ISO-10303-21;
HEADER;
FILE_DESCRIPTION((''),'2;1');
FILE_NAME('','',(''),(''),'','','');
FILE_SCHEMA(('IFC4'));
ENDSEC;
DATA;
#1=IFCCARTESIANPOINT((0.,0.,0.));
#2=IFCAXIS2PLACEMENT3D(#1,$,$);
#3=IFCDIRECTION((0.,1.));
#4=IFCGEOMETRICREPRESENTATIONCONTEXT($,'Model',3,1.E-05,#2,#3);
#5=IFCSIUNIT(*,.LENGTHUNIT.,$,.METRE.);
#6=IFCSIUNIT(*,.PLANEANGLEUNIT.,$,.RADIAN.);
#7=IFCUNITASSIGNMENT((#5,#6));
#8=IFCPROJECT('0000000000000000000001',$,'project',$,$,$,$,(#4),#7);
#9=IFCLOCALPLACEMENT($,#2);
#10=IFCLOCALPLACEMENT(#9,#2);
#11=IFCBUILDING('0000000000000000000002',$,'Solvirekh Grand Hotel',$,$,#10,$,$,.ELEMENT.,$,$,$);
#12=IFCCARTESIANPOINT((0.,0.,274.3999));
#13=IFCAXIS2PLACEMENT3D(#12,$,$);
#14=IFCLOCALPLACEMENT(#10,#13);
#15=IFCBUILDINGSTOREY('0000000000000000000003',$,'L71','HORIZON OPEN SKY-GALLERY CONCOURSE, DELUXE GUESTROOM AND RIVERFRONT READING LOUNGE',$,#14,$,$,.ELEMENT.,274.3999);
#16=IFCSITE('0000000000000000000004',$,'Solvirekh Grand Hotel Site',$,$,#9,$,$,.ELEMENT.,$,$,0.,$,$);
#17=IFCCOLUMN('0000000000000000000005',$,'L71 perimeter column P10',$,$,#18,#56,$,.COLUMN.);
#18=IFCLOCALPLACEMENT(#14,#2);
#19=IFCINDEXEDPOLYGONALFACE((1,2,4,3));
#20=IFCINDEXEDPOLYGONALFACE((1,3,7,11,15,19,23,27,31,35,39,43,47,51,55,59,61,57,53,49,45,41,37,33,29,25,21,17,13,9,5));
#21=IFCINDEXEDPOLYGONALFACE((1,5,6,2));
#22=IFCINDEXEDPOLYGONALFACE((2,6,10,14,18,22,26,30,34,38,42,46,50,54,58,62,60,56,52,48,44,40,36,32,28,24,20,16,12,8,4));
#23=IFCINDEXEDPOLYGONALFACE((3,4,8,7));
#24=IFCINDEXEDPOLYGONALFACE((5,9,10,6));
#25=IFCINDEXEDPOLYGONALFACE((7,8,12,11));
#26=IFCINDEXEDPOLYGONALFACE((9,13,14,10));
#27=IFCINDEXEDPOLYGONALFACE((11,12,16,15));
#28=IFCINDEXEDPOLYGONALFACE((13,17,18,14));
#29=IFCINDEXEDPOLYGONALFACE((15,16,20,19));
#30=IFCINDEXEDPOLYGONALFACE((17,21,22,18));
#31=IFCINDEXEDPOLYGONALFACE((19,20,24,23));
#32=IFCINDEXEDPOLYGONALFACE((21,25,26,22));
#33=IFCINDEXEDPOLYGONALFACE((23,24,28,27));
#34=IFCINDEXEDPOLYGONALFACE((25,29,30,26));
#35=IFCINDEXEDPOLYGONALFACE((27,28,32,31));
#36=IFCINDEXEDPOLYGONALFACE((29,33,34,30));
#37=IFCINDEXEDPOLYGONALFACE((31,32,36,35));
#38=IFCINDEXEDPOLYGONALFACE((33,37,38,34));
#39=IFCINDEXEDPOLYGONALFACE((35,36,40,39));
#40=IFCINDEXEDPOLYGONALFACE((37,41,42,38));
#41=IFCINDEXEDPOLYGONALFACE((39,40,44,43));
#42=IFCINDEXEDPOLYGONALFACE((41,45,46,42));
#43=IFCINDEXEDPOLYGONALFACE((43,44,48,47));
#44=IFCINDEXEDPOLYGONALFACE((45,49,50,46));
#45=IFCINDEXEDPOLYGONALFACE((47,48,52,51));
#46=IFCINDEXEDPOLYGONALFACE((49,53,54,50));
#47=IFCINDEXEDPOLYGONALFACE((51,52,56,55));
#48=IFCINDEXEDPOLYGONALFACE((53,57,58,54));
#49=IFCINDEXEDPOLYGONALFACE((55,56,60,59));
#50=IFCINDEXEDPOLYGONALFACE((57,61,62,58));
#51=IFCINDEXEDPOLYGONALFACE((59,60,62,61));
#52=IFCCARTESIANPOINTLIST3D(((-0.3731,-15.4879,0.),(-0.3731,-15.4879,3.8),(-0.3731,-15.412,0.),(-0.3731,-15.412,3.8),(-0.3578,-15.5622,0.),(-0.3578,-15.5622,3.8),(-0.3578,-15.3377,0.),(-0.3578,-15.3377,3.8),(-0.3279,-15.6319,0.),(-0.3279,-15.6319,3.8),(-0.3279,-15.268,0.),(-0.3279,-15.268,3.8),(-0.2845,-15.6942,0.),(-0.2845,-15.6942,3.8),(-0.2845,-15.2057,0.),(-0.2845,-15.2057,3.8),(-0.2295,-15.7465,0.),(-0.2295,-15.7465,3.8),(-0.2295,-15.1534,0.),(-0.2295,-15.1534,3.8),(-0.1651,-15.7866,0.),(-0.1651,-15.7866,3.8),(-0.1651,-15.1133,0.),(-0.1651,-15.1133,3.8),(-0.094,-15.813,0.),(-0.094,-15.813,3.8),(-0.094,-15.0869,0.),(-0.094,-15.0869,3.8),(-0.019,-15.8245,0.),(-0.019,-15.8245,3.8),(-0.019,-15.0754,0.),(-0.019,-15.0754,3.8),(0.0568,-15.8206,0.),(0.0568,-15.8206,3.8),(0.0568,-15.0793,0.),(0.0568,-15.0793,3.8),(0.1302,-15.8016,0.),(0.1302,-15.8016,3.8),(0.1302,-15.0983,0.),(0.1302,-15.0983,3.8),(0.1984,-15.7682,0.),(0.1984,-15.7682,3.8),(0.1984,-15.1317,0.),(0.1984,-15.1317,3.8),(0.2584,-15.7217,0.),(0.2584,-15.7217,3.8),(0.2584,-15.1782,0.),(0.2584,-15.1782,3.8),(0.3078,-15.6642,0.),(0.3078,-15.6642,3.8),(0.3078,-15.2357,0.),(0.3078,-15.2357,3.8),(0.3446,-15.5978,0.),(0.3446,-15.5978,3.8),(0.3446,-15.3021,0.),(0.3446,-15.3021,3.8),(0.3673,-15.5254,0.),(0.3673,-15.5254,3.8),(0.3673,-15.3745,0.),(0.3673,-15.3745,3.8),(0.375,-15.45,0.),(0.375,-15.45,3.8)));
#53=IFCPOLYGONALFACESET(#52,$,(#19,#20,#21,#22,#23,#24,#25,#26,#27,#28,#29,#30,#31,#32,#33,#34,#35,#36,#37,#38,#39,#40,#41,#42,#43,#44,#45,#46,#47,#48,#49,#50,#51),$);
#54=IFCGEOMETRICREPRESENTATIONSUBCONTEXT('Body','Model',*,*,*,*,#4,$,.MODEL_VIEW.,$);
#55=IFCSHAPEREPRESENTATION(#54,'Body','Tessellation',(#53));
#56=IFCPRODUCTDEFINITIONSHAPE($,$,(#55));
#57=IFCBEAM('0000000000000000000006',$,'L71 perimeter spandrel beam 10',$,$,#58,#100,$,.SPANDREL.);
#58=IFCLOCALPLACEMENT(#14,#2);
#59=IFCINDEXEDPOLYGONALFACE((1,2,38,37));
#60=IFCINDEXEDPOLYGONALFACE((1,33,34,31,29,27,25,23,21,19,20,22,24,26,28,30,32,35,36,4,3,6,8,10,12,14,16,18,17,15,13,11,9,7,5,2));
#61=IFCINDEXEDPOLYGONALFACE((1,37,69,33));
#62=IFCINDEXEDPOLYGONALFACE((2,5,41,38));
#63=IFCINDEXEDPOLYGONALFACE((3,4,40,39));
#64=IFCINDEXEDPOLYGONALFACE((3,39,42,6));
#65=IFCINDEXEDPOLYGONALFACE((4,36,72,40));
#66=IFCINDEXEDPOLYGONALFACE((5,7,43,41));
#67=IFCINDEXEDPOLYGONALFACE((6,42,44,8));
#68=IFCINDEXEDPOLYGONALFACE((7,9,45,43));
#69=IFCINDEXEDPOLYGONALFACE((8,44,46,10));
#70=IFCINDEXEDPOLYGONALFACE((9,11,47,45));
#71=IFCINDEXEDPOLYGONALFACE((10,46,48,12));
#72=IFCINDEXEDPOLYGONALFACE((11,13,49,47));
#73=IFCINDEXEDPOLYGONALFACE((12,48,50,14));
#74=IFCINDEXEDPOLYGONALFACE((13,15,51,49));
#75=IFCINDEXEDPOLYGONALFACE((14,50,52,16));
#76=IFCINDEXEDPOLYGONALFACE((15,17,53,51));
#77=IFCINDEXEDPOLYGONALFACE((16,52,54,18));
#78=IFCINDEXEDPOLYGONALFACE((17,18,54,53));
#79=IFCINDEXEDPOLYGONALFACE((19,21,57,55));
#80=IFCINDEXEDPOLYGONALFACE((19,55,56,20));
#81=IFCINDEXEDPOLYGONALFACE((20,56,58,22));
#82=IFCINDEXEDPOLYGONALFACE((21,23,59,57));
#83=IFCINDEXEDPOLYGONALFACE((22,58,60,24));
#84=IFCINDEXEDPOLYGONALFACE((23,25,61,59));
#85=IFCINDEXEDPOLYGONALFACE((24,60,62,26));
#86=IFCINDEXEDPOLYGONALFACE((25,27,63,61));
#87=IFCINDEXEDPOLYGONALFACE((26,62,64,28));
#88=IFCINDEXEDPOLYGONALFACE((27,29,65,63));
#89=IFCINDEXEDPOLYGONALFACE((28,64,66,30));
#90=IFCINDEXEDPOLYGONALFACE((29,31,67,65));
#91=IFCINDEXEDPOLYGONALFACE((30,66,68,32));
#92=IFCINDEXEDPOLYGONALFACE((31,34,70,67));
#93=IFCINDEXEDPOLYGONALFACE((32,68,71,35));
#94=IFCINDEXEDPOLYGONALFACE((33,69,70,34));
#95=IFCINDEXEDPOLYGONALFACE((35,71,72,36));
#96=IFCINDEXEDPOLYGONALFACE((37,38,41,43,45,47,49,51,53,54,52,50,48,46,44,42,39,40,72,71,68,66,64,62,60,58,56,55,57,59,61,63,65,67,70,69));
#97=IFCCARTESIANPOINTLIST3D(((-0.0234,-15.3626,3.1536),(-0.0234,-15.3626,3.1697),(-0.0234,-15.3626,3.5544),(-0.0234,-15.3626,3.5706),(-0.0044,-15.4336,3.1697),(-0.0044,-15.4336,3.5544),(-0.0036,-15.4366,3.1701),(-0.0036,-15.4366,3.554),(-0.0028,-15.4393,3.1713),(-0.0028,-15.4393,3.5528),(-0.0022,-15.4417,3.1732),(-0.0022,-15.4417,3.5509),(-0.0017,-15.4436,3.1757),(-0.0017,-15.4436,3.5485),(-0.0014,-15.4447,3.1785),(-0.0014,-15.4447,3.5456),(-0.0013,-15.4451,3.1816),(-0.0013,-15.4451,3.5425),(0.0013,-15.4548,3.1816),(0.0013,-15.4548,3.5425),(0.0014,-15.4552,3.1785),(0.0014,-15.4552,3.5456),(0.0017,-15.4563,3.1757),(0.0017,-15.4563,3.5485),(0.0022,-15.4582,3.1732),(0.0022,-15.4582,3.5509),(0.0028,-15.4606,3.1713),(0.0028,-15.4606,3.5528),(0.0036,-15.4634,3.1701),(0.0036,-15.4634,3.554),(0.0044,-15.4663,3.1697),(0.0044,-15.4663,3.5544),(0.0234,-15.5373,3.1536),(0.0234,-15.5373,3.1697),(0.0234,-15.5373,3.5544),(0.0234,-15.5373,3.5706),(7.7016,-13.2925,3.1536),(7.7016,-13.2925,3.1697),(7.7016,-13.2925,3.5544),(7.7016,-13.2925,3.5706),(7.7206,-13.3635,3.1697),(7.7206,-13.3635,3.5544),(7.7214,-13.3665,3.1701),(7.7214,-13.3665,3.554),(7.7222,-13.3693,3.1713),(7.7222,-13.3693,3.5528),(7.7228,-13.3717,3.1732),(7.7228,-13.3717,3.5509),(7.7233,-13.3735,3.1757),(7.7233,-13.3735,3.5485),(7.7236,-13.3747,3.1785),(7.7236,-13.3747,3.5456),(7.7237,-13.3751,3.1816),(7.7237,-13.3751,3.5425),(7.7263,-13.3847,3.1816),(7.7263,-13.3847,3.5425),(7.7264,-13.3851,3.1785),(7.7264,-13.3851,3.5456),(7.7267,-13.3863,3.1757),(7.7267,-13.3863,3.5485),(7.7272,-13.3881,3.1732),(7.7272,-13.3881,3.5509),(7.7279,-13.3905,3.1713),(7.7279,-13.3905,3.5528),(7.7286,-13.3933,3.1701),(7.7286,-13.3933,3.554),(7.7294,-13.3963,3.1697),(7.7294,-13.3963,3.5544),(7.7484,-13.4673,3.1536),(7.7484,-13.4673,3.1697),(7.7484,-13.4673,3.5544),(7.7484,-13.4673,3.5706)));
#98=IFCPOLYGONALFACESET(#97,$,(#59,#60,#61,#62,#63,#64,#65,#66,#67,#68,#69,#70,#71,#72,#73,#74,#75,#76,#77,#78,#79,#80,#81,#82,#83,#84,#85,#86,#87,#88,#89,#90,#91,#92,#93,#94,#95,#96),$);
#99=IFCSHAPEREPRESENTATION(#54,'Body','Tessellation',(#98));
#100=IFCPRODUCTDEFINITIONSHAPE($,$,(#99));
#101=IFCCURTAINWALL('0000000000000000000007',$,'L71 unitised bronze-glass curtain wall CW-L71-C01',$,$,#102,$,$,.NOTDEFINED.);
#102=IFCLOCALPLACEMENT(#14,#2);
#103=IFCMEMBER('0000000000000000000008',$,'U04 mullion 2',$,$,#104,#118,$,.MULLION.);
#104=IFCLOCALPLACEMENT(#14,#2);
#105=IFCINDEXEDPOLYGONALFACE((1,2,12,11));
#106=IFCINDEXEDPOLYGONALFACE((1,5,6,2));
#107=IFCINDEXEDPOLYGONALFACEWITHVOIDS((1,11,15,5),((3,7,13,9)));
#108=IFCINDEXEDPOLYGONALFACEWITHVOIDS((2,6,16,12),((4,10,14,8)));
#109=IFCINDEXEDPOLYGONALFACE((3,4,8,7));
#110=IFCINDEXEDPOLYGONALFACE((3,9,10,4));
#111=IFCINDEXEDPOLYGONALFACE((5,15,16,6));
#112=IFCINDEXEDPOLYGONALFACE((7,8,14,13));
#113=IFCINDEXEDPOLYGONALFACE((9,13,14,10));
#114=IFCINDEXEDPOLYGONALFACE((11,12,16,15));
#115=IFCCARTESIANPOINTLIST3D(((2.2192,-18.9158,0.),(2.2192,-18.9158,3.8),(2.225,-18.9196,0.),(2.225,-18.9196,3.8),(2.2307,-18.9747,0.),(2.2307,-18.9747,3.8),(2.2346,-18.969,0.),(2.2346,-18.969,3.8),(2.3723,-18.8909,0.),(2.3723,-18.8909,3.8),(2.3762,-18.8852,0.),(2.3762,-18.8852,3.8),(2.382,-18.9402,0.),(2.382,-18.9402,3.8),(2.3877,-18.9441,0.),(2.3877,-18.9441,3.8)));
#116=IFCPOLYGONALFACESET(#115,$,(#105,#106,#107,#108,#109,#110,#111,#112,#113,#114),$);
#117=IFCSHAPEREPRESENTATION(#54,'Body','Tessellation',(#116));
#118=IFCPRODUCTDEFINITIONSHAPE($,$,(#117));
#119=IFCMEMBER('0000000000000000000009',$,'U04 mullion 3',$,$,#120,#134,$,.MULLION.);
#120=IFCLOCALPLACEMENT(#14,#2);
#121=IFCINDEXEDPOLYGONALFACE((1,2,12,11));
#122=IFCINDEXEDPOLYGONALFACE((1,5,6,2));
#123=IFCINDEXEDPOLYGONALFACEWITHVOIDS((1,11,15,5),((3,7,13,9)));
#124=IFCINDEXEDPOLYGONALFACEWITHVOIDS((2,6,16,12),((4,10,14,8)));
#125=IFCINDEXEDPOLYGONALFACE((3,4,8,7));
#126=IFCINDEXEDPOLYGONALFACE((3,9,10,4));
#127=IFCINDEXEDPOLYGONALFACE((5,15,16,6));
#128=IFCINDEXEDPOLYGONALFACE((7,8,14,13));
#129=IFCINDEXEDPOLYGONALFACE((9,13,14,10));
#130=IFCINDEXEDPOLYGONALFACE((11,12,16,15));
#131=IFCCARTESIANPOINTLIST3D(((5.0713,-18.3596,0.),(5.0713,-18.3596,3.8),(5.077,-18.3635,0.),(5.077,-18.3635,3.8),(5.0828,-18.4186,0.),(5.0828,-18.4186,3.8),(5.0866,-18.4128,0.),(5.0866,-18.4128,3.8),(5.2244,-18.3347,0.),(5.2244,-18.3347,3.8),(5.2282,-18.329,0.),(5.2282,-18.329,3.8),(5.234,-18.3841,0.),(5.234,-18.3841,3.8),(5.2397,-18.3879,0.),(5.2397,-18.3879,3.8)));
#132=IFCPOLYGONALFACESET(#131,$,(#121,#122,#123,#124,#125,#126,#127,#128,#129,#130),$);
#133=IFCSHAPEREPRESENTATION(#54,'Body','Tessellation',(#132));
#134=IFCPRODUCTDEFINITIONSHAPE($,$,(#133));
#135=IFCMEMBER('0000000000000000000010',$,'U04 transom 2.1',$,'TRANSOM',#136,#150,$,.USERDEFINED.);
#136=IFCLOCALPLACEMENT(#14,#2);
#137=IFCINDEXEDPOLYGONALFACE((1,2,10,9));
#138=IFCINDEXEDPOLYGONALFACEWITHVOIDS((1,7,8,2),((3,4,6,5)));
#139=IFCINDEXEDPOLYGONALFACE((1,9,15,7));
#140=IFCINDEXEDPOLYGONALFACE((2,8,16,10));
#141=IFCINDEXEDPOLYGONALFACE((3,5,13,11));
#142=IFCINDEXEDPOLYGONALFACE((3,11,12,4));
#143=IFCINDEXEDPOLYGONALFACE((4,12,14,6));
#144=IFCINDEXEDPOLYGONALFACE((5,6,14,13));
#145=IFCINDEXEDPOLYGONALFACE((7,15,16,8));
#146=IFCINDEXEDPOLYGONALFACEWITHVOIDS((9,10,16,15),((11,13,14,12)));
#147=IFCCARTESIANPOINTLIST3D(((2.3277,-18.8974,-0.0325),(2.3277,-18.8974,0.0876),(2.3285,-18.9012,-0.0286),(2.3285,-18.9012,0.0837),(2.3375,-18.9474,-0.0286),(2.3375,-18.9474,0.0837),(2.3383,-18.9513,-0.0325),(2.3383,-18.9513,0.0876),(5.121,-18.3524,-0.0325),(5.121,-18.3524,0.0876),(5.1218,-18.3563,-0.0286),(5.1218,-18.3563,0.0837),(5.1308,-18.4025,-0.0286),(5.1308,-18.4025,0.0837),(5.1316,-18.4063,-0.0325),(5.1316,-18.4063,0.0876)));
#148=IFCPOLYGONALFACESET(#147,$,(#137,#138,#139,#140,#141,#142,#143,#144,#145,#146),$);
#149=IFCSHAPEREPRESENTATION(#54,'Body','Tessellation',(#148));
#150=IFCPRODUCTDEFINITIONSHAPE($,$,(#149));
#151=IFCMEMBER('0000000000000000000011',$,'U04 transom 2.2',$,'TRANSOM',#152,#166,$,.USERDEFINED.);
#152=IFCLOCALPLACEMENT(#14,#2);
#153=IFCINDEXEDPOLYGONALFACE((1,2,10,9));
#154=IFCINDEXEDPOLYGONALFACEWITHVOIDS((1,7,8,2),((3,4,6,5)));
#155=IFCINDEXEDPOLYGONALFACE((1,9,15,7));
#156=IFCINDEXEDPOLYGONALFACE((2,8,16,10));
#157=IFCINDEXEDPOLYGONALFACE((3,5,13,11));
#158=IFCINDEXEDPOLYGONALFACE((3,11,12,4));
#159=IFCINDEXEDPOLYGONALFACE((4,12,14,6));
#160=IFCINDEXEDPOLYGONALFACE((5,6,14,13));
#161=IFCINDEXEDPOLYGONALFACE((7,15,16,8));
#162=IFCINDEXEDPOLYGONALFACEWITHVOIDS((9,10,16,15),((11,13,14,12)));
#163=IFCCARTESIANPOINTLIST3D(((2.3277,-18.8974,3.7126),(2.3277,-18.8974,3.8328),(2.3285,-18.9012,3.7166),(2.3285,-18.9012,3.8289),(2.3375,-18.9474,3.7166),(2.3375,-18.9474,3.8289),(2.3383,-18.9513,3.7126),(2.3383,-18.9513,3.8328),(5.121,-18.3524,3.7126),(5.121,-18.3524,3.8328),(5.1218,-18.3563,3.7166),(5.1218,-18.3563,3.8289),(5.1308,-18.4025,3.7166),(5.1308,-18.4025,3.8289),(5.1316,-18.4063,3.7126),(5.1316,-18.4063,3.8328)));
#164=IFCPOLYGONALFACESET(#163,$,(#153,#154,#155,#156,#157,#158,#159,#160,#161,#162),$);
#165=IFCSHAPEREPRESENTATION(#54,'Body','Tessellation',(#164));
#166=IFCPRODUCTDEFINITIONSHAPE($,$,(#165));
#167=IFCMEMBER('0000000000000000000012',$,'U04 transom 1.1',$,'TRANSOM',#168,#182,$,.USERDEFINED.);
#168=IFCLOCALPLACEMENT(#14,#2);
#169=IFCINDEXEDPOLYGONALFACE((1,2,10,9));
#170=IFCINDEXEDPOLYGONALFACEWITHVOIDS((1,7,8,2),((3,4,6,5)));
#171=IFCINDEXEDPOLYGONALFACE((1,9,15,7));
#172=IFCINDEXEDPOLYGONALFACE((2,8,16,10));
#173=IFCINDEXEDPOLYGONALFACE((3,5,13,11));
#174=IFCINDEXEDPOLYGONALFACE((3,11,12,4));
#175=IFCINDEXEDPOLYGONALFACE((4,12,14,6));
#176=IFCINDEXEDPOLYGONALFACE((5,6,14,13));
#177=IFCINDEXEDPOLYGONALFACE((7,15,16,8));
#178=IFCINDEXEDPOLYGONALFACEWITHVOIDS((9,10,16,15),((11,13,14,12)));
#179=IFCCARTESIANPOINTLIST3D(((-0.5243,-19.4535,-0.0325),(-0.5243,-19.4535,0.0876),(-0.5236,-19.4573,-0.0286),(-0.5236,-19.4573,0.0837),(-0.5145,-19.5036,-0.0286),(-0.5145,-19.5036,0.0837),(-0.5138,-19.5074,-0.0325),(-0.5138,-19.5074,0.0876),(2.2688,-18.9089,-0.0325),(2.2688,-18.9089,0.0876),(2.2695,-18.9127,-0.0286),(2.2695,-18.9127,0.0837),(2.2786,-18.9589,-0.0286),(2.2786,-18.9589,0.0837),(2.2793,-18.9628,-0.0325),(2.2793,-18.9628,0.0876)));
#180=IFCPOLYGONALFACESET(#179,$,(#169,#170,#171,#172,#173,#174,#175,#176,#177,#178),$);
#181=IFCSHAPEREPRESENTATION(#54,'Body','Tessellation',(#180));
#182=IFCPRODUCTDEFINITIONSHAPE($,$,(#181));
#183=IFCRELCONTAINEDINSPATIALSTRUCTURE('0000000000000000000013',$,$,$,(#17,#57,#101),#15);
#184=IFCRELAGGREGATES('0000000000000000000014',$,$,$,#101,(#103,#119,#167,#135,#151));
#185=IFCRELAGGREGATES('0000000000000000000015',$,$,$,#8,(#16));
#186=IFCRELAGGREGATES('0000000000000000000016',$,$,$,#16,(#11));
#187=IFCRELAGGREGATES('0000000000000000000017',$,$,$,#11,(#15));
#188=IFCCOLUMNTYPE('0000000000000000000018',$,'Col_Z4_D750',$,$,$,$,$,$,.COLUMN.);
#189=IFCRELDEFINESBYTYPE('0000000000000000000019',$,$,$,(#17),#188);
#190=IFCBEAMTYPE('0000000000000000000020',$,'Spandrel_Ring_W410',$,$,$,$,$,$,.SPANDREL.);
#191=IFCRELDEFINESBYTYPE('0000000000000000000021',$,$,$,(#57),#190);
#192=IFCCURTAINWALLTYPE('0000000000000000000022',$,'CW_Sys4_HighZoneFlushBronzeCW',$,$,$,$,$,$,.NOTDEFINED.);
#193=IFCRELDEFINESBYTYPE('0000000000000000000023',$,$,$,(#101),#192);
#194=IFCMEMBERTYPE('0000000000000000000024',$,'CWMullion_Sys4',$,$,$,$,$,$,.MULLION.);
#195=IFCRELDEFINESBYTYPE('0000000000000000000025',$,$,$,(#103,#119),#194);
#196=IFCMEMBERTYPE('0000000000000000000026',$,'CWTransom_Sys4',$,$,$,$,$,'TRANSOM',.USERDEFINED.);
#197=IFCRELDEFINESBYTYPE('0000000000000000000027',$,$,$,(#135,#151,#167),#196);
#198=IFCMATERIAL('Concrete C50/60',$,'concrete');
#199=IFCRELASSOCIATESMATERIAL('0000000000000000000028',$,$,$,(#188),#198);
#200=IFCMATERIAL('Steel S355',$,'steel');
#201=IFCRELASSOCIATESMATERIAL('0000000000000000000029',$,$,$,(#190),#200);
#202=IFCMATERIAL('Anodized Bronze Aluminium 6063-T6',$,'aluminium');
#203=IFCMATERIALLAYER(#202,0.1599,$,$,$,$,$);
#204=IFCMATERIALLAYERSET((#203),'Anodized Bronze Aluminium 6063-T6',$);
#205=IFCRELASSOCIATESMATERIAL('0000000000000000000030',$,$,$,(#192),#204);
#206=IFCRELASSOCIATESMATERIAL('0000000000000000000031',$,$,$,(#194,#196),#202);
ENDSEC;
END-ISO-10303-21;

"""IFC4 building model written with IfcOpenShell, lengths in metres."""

from ifc_helpers import new_model, si_unit, direction, frame, origin, origin_2d, place, context, subcontext, project, spatial, hollow_rectangle, circle, i_section, extrude, source, transform, mapped, material, layer, layer_set, material_profile, profile_set, type_object, element, aggregate, save


model = new_model("IFC4")

# Units and contexts
model_context = context("Model", 3, precision=1e-05, world=origin(), true_north=direction((0.0, 1.0)))
body_context = subcontext(model_context, "Body", "Model", "MODEL_VIEW")
ifc_project = project(units=[si_unit("LENGTHUNIT", "METRE"), si_unit("PLANEANGLEUNIT", "RADIAN")], contexts=[model_context])

# Site, building, storey
site_placement = place(None, origin())
site = spatial("IfcSite", under=ifc_project, at=site_placement, Name="Solvirekh Grand Hotel Site", CompositionType="ELEMENT", RefElevation=0.0)
building_placement = place(site_placement, origin())
building = spatial("IfcBuilding", under=site, at=building_placement, Name="Solvirekh Grand Hotel", CompositionType="ELEMENT")
storey_placement = place(building_placement, frame((0.0, 0.0, 274.3999)))
storey = spatial("IfcBuildingStorey", under=building, at=storey_placement, Name="L71", Description="HORIZON OPEN SKY-GALLERY CONCOURSE, DELUXE GUESTROOM AND RIVERFRONT READING LOUNGE", CompositionType="ELEMENT", Elevation=274.3999)

# Column
ifc_material_1 = material(Name="Concrete C50/60", Category="concrete")
ifc_material_profile_1 = material_profile(ifc_material_1, circle(Radius=0.375, at=origin_2d()), Name="RC CIRC D750")
ifc_profile_set_1 = profile_set([ifc_material_profile_1], Name="Concrete C50/60")
column_type = type_object("IfcColumnType", Name="Col_Z4_D750", PredefinedType="COLUMN", material=ifc_profile_set_1)
column_placement = place(storey_placement, frame((0.0, -15.45, 0.0), z_axis=(0.0, 0.0, 1.0), x_axis=(1.0, 0.0, 0.0)))
element("IfcColumn", 1, at=column_placement, inside=storey, type_object=column_type, Name="L71 perimeter column P10", PredefinedType="COLUMN", context=body_context, shape_type="SweptSolid", body=[
    extrude(circle(Radius=0.375, at=origin_2d()), origin(), (0.0, 0.0, 1.0), 3.8),
])

# Beam
ifc_material_2 = material(Name="Steel S355", Category="steel")
ifc_material_profile_2 = material_profile(ifc_material_2, i_section(OverallWidth=0.1809, OverallDepth=0.417, WebThickness=0.01, FlangeThickness=0.0161, FilletRadius=0.012, at=origin_2d()), Name="W410X85")
ifc_profile_set_2 = profile_set([ifc_material_profile_2], Name="Steel S355")
beam_type = type_object("IfcBeamType", Name="Spandrel_Ring_W410", PredefinedType="SPANDREL", material=ifc_profile_set_2)
beam_placement = place(storey_placement, frame((0.0, -15.45, 3.3621), z_axis=(0.965922, 0.258835, 0.0), x_axis=(-0.258835, 0.965922, 0.0)))
element("IfcBeam", 2, at=beam_placement, inside=storey, type_object=beam_type, Name="L71 perimeter spandrel beam 10", PredefinedType="SPANDREL", context=body_context, shape_type="SweptSolid", body=[
    extrude(i_section(OverallWidth=0.1809, OverallDepth=0.417, WebThickness=0.01, FlangeThickness=0.0161, FilletRadius=0.012, at=origin_2d()), origin(), (0.0, 0.0, 1.0), 7.9976),
])

# Curtain wall, members
ifc_material_3 = material(Name="Anodized Bronze Aluminium 6063-T6", Category="aluminium")
ifc_layer_1 = layer(ifc_material_3, 0.1599)
ifc_layer_set_1 = layer_set([ifc_layer_1], Name="Anodized Bronze Aluminium 6063-T6")
curtain_wall_type = type_object("IfcCurtainWallType", Name="CW_Sys4_HighZoneFlushBronzeCW", PredefinedType="NOTDEFINED", material=ifc_layer_set_1)
curtain_wall_placement = place(storey_placement, origin())
curtain_wall = element("IfcCurtainWall", 3, at=curtain_wall_placement, inside=storey, type_object=curtain_wall_type, Name="L71 unitised bronze-glass curtain wall CW-L71-C01", PredefinedType="NOTDEFINED")
ifc_material_profile_3 = material_profile(ifc_material_3, hollow_rectangle(XDim=0.0601, YDim=0.1599, WallThickness=0.0049, at=origin_2d()), Name="ALU RHS 160X60X5")
ifc_profile_set_3 = profile_set([ifc_material_profile_3], Name="Anodized Bronze Aluminium 6063-T6")
member_type_1 = type_object("IfcMemberType", Name="CWMullion_Sys4", PredefinedType="MULLION", material=ifc_profile_set_3)
shared_shape_1 = source(origin(), body_context, "Body", "SweptSolid", [
    extrude(hollow_rectangle(XDim=0.0601, YDim=0.1599, WallThickness=0.0049, at=origin_2d()), origin(), (0.0, 0.0, 1.0), 3.8),
])
member_1_placement = place(storey_placement, frame((2.3035, -18.9299, 0.0), z_axis=(0.0, 0.0, 1.0), x_axis=(-0.19143, 0.981506, 0.0)))
member_1 = element("IfcMember", 4, at=member_1_placement, type_object=member_type_1, Name="U04 mullion 2", PredefinedType="MULLION", context=body_context, shape_type="MappedRepresentation", body=[
    mapped(shared_shape_1, transform((0.0, 0.0, 0.0), x_axis=(1.0, 0.0, 0.0), y_axis=(0.0, 1.0, 0.0), z_axis=(0.0, 0.0, 1.0), scale=1.0)),
])
member_2_placement = place(storey_placement, frame((5.1555, -18.3738, 0.0), z_axis=(0.0, 0.0, 1.0), x_axis=(-0.19143, 0.981506, 0.0)))
member_2 = element("IfcMember", 5, at=member_2_placement, type_object=member_type_1, Name="U04 mullion 3", PredefinedType="MULLION", context=body_context, shape_type="MappedRepresentation", body=[
    mapped(shared_shape_1, transform((0.0, 0.0, 0.0), x_axis=(1.0, 0.0, 0.0), y_axis=(0.0, 1.0, 0.0), z_axis=(0.0, 0.0, 1.0), scale=1.0)),
])
ifc_material_profile_4 = material_profile(ifc_material_3, hollow_rectangle(XDim=0.0549, YDim=0.1201, WallThickness=0.0039, at=origin_2d()), Name="ALU RHS 120X55X4")
ifc_profile_set_4 = profile_set([ifc_material_profile_4], Name="Anodized Bronze Aluminium 6063-T6")
member_type_2 = type_object("IfcMemberType", Name="CWTransom_Sys4", ElementType="TRANSOM", PredefinedType="USERDEFINED", material=ifc_profile_set_4)
shared_shape_2 = source(origin(), body_context, "Body", "SweptSolid", [
    extrude(hollow_rectangle(XDim=0.0549, YDim=0.1201, WallThickness=0.0039, at=origin_2d()), origin(), (0.0, 0.0, 1.0), 2.8459),
])
member_3_placement = place(storey_placement, frame((2.333, -18.9243, 0.0276), z_axis=(0.981497, 0.191478, 0.0), x_axis=(-0.191478, 0.981497, 0.0)))
member_3 = element("IfcMember", 6, at=member_3_placement, type_object=member_type_2, Name="U04 transom 2.1", ObjectType="TRANSOM", PredefinedType="USERDEFINED", context=body_context, shape_type="MappedRepresentation", body=[
    mapped(shared_shape_2, transform((0.0, 0.0, 0.0), x_axis=(1.0, 0.0, 0.0), y_axis=(0.0, 1.0, 0.0), z_axis=(0.0, 0.0, 1.0), scale=1.0)),
])
member_4_placement = place(storey_placement, frame((2.333, -18.9243, 3.7727), z_axis=(0.981497, 0.191478, 0.0), x_axis=(-0.191478, 0.981497, 0.0)))
member_4 = element("IfcMember", 7, at=member_4_placement, type_object=member_type_2, Name="U04 transom 2.2", ObjectType="TRANSOM", PredefinedType="USERDEFINED", context=body_context, shape_type="MappedRepresentation", body=[
    mapped(shared_shape_2, transform((0.0, 0.0, 0.0), x_axis=(1.0, 0.0, 0.0), y_axis=(0.0, 1.0, 0.0), z_axis=(0.0, 0.0, 1.0), scale=1.0)),
])
shared_shape_3 = source(origin(), body_context, "Body", "SweptSolid", [
    extrude(hollow_rectangle(XDim=0.0549, YDim=0.1201, WallThickness=0.0039, at=origin_2d()), origin(), (0.0, 0.0, 1.0), 2.8457),
])
member_5_placement = place(storey_placement, frame((-0.519, -19.4805, 0.0276), z_axis=(0.981513, 0.191395, 0.0), x_axis=(-0.191395, 0.981513, 0.0)))
member_5 = element("IfcMember", 8, at=member_5_placement, type_object=member_type_2, Name="U04 transom 1.1", ObjectType="TRANSOM", PredefinedType="USERDEFINED", context=body_context, shape_type="MappedRepresentation", body=[
    mapped(shared_shape_3, transform((0.0, 0.0, 0.0), x_axis=(1.0, 0.0, 0.0), y_axis=(0.0, 1.0, 0.0), z_axis=(0.0, 0.0, 1.0), scale=1.0)),
])

aggregate(curtain_wall, [member_1, member_2, member_5, member_3, member_4])

save(model, "model.ifc")
